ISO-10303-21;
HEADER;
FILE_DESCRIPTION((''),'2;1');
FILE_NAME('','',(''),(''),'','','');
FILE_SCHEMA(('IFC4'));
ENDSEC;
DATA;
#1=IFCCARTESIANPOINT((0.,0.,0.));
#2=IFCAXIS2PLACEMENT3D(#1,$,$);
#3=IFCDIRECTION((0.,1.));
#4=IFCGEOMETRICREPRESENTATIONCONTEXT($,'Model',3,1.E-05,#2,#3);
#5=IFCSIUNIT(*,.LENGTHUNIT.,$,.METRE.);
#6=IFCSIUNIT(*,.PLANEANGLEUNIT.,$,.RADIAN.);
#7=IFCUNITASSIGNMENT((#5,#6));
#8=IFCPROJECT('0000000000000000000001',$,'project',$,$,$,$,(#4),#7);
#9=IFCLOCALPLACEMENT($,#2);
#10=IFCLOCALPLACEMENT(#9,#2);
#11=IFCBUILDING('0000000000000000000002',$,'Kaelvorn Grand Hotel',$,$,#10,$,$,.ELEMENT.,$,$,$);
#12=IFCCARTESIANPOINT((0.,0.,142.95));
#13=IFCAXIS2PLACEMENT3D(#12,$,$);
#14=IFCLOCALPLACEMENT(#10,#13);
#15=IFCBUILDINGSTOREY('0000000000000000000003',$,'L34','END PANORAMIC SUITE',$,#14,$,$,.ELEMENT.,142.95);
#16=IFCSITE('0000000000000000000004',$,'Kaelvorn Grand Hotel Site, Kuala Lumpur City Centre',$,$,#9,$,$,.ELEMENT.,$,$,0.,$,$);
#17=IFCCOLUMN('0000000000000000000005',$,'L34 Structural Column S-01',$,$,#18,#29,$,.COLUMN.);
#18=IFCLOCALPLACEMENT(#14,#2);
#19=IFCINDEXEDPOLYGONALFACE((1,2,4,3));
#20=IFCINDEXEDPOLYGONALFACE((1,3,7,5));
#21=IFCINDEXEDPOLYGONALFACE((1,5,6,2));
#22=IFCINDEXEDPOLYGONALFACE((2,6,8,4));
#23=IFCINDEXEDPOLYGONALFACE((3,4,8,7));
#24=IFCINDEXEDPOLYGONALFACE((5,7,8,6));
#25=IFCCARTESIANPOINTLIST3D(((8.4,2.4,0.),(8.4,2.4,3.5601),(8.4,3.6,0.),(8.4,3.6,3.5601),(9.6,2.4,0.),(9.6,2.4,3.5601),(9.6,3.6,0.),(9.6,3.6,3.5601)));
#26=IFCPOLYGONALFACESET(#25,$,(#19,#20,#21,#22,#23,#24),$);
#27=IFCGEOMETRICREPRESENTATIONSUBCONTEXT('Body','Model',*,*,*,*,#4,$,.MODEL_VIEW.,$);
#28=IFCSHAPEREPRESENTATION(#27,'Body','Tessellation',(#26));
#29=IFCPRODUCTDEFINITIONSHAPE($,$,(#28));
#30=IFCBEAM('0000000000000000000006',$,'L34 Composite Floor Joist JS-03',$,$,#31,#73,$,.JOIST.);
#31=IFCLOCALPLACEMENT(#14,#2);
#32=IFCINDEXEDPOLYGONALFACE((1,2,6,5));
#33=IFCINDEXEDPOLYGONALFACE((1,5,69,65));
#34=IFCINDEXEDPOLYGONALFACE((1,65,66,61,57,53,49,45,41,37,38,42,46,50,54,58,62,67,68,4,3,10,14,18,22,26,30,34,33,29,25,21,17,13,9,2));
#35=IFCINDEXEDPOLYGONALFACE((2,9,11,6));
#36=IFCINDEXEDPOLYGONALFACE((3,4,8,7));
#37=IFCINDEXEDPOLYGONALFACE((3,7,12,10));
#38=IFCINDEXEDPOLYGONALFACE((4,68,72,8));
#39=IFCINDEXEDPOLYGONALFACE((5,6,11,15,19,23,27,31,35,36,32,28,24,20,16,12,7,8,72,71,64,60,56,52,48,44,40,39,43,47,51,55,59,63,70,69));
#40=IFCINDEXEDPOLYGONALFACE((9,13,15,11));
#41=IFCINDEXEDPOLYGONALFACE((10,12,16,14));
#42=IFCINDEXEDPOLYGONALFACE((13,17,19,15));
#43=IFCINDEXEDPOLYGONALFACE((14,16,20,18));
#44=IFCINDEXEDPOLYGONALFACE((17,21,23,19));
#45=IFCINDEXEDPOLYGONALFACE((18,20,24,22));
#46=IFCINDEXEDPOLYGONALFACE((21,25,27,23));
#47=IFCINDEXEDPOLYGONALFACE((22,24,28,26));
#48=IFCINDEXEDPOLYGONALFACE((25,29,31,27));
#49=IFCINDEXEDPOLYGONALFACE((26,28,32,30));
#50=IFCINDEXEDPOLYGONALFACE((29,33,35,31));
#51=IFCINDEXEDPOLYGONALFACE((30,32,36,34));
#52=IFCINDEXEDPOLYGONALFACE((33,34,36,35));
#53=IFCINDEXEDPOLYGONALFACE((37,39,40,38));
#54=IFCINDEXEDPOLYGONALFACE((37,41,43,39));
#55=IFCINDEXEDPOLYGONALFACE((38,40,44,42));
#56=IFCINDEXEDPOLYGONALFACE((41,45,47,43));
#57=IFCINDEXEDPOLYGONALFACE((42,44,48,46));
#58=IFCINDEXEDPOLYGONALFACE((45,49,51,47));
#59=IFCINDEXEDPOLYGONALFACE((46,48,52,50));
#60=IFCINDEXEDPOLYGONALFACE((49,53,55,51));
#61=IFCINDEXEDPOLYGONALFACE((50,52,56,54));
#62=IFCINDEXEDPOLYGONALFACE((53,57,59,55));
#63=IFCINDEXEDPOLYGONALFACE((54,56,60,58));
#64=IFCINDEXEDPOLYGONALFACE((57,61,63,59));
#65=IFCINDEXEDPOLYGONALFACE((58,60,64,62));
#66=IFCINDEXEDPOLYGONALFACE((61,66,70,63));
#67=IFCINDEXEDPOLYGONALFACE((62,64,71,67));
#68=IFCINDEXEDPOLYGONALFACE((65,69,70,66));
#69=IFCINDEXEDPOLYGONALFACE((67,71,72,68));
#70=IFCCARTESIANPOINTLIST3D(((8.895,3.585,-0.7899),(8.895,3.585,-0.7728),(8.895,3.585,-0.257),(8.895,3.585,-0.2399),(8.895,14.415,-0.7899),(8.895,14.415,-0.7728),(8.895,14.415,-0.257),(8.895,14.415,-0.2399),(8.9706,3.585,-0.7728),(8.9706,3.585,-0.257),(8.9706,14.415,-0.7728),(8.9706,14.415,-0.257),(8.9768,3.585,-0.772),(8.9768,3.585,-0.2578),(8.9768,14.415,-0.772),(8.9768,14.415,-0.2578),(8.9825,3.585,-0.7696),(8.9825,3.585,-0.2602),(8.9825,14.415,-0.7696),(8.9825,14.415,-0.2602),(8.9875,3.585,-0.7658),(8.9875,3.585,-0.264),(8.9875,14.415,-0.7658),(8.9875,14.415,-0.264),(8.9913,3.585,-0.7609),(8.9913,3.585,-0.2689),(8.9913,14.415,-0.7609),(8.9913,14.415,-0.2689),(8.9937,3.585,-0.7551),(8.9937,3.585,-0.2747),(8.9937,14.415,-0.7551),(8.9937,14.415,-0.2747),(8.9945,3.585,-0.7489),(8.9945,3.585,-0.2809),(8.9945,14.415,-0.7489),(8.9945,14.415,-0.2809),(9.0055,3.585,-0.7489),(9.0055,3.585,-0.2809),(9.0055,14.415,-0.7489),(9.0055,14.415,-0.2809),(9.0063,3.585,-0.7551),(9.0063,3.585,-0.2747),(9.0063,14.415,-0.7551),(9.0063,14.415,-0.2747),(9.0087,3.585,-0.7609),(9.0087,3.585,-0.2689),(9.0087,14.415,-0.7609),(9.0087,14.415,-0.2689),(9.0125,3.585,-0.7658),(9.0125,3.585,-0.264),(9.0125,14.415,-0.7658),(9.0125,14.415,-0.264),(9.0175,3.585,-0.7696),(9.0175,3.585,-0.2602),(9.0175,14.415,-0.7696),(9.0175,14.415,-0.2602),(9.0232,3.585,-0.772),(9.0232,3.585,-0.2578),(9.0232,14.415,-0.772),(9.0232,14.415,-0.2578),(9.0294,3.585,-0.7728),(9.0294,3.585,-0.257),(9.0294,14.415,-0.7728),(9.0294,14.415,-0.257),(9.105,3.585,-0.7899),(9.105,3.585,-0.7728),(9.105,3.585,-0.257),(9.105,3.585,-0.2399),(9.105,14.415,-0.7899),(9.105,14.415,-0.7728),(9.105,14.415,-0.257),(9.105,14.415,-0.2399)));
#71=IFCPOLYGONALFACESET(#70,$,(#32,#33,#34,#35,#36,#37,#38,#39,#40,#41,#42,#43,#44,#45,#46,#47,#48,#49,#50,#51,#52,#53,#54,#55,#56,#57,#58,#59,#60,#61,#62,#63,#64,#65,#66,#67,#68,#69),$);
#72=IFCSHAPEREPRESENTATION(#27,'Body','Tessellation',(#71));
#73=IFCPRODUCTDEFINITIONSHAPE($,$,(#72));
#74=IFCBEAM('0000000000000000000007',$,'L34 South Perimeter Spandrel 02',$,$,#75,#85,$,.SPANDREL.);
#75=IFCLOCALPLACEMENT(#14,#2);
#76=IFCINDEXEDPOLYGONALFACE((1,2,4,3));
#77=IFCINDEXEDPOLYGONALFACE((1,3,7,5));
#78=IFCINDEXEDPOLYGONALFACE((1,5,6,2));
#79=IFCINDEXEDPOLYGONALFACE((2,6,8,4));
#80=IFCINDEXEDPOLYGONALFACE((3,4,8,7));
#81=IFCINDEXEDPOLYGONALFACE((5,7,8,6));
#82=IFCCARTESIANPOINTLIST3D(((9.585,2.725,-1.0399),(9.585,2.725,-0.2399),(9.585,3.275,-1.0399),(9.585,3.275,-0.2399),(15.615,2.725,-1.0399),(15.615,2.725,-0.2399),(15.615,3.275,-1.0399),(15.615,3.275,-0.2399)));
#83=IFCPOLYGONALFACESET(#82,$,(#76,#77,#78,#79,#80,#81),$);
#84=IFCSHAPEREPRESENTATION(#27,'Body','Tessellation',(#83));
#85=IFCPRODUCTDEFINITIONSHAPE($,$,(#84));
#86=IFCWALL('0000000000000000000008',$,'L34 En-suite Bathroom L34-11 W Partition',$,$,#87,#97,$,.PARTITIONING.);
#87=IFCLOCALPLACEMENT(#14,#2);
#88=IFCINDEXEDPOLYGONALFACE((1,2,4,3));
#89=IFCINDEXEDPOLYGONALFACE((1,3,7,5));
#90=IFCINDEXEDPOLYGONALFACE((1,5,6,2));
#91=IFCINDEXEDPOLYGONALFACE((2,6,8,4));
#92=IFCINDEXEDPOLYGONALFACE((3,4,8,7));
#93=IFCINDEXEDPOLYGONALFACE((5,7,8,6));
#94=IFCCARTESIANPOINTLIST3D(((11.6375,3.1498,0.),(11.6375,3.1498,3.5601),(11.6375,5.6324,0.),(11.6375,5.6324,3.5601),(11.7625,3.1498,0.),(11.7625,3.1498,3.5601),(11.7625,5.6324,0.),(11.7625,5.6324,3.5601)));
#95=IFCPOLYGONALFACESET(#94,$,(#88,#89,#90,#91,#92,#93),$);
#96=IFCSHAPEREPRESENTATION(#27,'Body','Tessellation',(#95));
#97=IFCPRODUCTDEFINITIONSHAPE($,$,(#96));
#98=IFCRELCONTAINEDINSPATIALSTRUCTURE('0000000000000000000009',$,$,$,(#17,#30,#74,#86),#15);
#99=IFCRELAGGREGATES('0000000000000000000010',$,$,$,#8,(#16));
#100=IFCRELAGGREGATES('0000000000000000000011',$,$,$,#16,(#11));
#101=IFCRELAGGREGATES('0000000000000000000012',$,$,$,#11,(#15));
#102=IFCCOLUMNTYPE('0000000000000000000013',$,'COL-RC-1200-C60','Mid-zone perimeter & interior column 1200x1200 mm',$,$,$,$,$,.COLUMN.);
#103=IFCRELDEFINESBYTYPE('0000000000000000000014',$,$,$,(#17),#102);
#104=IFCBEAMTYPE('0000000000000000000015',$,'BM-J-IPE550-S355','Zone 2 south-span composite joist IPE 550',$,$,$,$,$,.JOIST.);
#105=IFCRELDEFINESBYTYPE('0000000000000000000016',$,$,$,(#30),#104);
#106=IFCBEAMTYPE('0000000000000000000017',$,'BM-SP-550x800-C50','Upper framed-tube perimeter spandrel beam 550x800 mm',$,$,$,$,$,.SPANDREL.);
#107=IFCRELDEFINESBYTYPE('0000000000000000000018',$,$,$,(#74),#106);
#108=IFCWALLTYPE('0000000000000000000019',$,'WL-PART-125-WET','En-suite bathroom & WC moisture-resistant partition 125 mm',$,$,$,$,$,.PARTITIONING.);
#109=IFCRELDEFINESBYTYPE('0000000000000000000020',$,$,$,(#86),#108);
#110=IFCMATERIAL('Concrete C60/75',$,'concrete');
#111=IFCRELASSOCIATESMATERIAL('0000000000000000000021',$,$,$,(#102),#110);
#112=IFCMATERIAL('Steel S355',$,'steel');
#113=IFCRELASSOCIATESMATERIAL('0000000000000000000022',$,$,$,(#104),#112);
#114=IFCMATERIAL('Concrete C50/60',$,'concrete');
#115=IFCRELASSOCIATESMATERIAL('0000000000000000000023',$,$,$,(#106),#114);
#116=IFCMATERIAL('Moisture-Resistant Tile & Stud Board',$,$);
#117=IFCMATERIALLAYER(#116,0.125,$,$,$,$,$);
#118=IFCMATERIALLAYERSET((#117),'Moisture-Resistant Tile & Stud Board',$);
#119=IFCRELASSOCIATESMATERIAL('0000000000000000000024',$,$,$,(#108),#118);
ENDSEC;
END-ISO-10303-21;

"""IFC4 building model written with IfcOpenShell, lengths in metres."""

from ifc_helpers import new_model, si_unit, direction, frame, frame_2d, origin, origin_2d, place, context, subcontext, project, spatial, rectangle, i_section, extrude, material, layer, layer_set, material_profile, profile_set, type_object, element, save


model = new_model("IFC4")

# Units and contexts
model_context = context("Model", 3, precision=1e-05, world=origin(), true_north=direction((0.0, 1.0)))
body_context = subcontext(model_context, "Body", "Model", "MODEL_VIEW")
ifc_project = project(units=[si_unit("LENGTHUNIT", "METRE"), si_unit("PLANEANGLEUNIT", "RADIAN")], contexts=[model_context])

# Site, building, storey
site_placement = place(None, origin())
site = spatial("IfcSite", under=ifc_project, at=site_placement, Name="Kaelvorn Grand Hotel Site, Kuala Lumpur City Centre", CompositionType="ELEMENT", RefElevation=0.0)
building_placement = place(site_placement, origin())
building = spatial("IfcBuilding", under=site, at=building_placement, Name="Kaelvorn Grand Hotel", CompositionType="ELEMENT")
storey_placement = place(building_placement, frame((0.0, 0.0, 142.95)))
storey = spatial("IfcBuildingStorey", under=building, at=storey_placement, Name="L34", Description="END PANORAMIC SUITE", CompositionType="ELEMENT", Elevation=142.95)

# Column
ifc_material_1 = material(Name="Concrete C60/75", Category="concrete")
ifc_material_profile_1 = material_profile(ifc_material_1, rectangle(XDim=1.2, YDim=1.2, at=origin_2d()), Name="RC COL 1200x1200")
ifc_profile_set_1 = profile_set([ifc_material_profile_1], Name="Concrete C60/75")
column_type = type_object("IfcColumnType", Name="COL-RC-1200-C60", Description="Mid-zone perimeter & interior column 1200x1200 mm", PredefinedType="COLUMN", material=ifc_profile_set_1)
column_placement = place(storey_placement, frame((9.0, 3.0, 0.0), z_axis=(0.0, 0.0, 1.0), x_axis=(1.0, 0.0, 0.0)))
element("IfcColumn", 1, at=column_placement, inside=storey, type_object=column_type, Name="L34 Structural Column S-01", PredefinedType="COLUMN", context=body_context, shape_type="SweptSolid", body=[
    extrude(rectangle(XDim=1.2, YDim=1.2, at=origin_2d()), origin(), (0.0, 0.0, 1.0), 3.5601),
])

# Beams
ifc_material_2 = material(Name="Steel S355", Category="steel")
ifc_material_profile_2 = material_profile(ifc_material_2, i_section(OverallWidth=0.21, OverallDepth=0.55, WebThickness=0.011, FlangeThickness=0.0171, FilletRadius=0.0239, at=origin_2d()), Name="IPE 550")
ifc_profile_set_2 = profile_set([ifc_material_profile_2], Name="Steel S355")
beam_type_1 = type_object("IfcBeamType", Name="BM-J-IPE550-S355", Description="Zone 2 south-span composite joist IPE 550", PredefinedType="JOIST", material=ifc_profile_set_2)
beam_1_placement = place(storey_placement, frame((9.0, 3.585, -0.5149), z_axis=(0.0, 1.0, 0.0), x_axis=(-1.0, 0.0, 0.0)))
element("IfcBeam", 2, at=beam_1_placement, inside=storey, type_object=beam_type_1, Name="L34 Composite Floor Joist JS-03", PredefinedType="JOIST", context=body_context, shape_type="SweptSolid", body=[
    extrude(i_section(OverallWidth=0.21, OverallDepth=0.55, WebThickness=0.011, FlangeThickness=0.0171, FilletRadius=0.0239, at=origin_2d()), origin(), (0.0, 0.0, 1.0), 10.8301),
])
ifc_material_3 = material(Name="Concrete C50/60", Category="concrete")
ifc_material_profile_3 = material_profile(ifc_material_3, rectangle(XDim=0.55, YDim=0.8, at=origin_2d()), Name="RC SPANDREL 550x800")
ifc_profile_set_3 = profile_set([ifc_material_profile_3], Name="Concrete C50/60")
beam_type_2 = type_object("IfcBeamType", Name="BM-SP-550x800-C50", Description="Upper framed-tube perimeter spandrel beam 550x800 mm", PredefinedType="SPANDREL", material=ifc_profile_set_3)
beam_2_placement = place(storey_placement, frame((9.585, 3.0, -0.6399), z_axis=(1.0, 0.0, 0.0), x_axis=(0.0, 1.0, 0.0)))
element("IfcBeam", 3, at=beam_2_placement, inside=storey, type_object=beam_type_2, Name="L34 South Perimeter Spandrel 02", PredefinedType="SPANDREL", context=body_context, shape_type="SweptSolid", body=[
    extrude(rectangle(XDim=0.55, YDim=0.8, at=origin_2d()), origin(), (0.0, 0.0, 1.0), 6.03),
])

# Wall
ifc_material_4 = material(Name="Moisture-Resistant Tile & Stud Board")
ifc_layer_1 = layer(ifc_material_4, 0.125)
ifc_layer_set_1 = layer_set([ifc_layer_1], Name="Moisture-Resistant Tile & Stud Board")
wall_type_1 = type_object("IfcWallType", Name="WL-PART-125-WET", Description="En-suite bathroom & WC moisture-resistant partition 125 mm", PredefinedType="PARTITIONING", material=ifc_layer_set_1)
wall_1_placement = place(storey_placement, frame((11.7, 3.1499, 0.0), z_axis=(0.0, 0.0, 1.0), x_axis=(0.0, 1.0, 0.0)))
element("IfcWall", 4, at=wall_1_placement, inside=storey, type_object=wall_type_1, Name="L34 En-suite Bathroom L34-11 W Partition", PredefinedType="PARTITIONING", context=body_context, shape_type="SweptSolid", body=[
    extrude(rectangle(XDim=2.4827, YDim=0.125, at=frame_2d((1.2412, 0.0))), origin(), (0.0, 0.0, 1.0), 3.5601),
])

save(model, "model.ifc")
